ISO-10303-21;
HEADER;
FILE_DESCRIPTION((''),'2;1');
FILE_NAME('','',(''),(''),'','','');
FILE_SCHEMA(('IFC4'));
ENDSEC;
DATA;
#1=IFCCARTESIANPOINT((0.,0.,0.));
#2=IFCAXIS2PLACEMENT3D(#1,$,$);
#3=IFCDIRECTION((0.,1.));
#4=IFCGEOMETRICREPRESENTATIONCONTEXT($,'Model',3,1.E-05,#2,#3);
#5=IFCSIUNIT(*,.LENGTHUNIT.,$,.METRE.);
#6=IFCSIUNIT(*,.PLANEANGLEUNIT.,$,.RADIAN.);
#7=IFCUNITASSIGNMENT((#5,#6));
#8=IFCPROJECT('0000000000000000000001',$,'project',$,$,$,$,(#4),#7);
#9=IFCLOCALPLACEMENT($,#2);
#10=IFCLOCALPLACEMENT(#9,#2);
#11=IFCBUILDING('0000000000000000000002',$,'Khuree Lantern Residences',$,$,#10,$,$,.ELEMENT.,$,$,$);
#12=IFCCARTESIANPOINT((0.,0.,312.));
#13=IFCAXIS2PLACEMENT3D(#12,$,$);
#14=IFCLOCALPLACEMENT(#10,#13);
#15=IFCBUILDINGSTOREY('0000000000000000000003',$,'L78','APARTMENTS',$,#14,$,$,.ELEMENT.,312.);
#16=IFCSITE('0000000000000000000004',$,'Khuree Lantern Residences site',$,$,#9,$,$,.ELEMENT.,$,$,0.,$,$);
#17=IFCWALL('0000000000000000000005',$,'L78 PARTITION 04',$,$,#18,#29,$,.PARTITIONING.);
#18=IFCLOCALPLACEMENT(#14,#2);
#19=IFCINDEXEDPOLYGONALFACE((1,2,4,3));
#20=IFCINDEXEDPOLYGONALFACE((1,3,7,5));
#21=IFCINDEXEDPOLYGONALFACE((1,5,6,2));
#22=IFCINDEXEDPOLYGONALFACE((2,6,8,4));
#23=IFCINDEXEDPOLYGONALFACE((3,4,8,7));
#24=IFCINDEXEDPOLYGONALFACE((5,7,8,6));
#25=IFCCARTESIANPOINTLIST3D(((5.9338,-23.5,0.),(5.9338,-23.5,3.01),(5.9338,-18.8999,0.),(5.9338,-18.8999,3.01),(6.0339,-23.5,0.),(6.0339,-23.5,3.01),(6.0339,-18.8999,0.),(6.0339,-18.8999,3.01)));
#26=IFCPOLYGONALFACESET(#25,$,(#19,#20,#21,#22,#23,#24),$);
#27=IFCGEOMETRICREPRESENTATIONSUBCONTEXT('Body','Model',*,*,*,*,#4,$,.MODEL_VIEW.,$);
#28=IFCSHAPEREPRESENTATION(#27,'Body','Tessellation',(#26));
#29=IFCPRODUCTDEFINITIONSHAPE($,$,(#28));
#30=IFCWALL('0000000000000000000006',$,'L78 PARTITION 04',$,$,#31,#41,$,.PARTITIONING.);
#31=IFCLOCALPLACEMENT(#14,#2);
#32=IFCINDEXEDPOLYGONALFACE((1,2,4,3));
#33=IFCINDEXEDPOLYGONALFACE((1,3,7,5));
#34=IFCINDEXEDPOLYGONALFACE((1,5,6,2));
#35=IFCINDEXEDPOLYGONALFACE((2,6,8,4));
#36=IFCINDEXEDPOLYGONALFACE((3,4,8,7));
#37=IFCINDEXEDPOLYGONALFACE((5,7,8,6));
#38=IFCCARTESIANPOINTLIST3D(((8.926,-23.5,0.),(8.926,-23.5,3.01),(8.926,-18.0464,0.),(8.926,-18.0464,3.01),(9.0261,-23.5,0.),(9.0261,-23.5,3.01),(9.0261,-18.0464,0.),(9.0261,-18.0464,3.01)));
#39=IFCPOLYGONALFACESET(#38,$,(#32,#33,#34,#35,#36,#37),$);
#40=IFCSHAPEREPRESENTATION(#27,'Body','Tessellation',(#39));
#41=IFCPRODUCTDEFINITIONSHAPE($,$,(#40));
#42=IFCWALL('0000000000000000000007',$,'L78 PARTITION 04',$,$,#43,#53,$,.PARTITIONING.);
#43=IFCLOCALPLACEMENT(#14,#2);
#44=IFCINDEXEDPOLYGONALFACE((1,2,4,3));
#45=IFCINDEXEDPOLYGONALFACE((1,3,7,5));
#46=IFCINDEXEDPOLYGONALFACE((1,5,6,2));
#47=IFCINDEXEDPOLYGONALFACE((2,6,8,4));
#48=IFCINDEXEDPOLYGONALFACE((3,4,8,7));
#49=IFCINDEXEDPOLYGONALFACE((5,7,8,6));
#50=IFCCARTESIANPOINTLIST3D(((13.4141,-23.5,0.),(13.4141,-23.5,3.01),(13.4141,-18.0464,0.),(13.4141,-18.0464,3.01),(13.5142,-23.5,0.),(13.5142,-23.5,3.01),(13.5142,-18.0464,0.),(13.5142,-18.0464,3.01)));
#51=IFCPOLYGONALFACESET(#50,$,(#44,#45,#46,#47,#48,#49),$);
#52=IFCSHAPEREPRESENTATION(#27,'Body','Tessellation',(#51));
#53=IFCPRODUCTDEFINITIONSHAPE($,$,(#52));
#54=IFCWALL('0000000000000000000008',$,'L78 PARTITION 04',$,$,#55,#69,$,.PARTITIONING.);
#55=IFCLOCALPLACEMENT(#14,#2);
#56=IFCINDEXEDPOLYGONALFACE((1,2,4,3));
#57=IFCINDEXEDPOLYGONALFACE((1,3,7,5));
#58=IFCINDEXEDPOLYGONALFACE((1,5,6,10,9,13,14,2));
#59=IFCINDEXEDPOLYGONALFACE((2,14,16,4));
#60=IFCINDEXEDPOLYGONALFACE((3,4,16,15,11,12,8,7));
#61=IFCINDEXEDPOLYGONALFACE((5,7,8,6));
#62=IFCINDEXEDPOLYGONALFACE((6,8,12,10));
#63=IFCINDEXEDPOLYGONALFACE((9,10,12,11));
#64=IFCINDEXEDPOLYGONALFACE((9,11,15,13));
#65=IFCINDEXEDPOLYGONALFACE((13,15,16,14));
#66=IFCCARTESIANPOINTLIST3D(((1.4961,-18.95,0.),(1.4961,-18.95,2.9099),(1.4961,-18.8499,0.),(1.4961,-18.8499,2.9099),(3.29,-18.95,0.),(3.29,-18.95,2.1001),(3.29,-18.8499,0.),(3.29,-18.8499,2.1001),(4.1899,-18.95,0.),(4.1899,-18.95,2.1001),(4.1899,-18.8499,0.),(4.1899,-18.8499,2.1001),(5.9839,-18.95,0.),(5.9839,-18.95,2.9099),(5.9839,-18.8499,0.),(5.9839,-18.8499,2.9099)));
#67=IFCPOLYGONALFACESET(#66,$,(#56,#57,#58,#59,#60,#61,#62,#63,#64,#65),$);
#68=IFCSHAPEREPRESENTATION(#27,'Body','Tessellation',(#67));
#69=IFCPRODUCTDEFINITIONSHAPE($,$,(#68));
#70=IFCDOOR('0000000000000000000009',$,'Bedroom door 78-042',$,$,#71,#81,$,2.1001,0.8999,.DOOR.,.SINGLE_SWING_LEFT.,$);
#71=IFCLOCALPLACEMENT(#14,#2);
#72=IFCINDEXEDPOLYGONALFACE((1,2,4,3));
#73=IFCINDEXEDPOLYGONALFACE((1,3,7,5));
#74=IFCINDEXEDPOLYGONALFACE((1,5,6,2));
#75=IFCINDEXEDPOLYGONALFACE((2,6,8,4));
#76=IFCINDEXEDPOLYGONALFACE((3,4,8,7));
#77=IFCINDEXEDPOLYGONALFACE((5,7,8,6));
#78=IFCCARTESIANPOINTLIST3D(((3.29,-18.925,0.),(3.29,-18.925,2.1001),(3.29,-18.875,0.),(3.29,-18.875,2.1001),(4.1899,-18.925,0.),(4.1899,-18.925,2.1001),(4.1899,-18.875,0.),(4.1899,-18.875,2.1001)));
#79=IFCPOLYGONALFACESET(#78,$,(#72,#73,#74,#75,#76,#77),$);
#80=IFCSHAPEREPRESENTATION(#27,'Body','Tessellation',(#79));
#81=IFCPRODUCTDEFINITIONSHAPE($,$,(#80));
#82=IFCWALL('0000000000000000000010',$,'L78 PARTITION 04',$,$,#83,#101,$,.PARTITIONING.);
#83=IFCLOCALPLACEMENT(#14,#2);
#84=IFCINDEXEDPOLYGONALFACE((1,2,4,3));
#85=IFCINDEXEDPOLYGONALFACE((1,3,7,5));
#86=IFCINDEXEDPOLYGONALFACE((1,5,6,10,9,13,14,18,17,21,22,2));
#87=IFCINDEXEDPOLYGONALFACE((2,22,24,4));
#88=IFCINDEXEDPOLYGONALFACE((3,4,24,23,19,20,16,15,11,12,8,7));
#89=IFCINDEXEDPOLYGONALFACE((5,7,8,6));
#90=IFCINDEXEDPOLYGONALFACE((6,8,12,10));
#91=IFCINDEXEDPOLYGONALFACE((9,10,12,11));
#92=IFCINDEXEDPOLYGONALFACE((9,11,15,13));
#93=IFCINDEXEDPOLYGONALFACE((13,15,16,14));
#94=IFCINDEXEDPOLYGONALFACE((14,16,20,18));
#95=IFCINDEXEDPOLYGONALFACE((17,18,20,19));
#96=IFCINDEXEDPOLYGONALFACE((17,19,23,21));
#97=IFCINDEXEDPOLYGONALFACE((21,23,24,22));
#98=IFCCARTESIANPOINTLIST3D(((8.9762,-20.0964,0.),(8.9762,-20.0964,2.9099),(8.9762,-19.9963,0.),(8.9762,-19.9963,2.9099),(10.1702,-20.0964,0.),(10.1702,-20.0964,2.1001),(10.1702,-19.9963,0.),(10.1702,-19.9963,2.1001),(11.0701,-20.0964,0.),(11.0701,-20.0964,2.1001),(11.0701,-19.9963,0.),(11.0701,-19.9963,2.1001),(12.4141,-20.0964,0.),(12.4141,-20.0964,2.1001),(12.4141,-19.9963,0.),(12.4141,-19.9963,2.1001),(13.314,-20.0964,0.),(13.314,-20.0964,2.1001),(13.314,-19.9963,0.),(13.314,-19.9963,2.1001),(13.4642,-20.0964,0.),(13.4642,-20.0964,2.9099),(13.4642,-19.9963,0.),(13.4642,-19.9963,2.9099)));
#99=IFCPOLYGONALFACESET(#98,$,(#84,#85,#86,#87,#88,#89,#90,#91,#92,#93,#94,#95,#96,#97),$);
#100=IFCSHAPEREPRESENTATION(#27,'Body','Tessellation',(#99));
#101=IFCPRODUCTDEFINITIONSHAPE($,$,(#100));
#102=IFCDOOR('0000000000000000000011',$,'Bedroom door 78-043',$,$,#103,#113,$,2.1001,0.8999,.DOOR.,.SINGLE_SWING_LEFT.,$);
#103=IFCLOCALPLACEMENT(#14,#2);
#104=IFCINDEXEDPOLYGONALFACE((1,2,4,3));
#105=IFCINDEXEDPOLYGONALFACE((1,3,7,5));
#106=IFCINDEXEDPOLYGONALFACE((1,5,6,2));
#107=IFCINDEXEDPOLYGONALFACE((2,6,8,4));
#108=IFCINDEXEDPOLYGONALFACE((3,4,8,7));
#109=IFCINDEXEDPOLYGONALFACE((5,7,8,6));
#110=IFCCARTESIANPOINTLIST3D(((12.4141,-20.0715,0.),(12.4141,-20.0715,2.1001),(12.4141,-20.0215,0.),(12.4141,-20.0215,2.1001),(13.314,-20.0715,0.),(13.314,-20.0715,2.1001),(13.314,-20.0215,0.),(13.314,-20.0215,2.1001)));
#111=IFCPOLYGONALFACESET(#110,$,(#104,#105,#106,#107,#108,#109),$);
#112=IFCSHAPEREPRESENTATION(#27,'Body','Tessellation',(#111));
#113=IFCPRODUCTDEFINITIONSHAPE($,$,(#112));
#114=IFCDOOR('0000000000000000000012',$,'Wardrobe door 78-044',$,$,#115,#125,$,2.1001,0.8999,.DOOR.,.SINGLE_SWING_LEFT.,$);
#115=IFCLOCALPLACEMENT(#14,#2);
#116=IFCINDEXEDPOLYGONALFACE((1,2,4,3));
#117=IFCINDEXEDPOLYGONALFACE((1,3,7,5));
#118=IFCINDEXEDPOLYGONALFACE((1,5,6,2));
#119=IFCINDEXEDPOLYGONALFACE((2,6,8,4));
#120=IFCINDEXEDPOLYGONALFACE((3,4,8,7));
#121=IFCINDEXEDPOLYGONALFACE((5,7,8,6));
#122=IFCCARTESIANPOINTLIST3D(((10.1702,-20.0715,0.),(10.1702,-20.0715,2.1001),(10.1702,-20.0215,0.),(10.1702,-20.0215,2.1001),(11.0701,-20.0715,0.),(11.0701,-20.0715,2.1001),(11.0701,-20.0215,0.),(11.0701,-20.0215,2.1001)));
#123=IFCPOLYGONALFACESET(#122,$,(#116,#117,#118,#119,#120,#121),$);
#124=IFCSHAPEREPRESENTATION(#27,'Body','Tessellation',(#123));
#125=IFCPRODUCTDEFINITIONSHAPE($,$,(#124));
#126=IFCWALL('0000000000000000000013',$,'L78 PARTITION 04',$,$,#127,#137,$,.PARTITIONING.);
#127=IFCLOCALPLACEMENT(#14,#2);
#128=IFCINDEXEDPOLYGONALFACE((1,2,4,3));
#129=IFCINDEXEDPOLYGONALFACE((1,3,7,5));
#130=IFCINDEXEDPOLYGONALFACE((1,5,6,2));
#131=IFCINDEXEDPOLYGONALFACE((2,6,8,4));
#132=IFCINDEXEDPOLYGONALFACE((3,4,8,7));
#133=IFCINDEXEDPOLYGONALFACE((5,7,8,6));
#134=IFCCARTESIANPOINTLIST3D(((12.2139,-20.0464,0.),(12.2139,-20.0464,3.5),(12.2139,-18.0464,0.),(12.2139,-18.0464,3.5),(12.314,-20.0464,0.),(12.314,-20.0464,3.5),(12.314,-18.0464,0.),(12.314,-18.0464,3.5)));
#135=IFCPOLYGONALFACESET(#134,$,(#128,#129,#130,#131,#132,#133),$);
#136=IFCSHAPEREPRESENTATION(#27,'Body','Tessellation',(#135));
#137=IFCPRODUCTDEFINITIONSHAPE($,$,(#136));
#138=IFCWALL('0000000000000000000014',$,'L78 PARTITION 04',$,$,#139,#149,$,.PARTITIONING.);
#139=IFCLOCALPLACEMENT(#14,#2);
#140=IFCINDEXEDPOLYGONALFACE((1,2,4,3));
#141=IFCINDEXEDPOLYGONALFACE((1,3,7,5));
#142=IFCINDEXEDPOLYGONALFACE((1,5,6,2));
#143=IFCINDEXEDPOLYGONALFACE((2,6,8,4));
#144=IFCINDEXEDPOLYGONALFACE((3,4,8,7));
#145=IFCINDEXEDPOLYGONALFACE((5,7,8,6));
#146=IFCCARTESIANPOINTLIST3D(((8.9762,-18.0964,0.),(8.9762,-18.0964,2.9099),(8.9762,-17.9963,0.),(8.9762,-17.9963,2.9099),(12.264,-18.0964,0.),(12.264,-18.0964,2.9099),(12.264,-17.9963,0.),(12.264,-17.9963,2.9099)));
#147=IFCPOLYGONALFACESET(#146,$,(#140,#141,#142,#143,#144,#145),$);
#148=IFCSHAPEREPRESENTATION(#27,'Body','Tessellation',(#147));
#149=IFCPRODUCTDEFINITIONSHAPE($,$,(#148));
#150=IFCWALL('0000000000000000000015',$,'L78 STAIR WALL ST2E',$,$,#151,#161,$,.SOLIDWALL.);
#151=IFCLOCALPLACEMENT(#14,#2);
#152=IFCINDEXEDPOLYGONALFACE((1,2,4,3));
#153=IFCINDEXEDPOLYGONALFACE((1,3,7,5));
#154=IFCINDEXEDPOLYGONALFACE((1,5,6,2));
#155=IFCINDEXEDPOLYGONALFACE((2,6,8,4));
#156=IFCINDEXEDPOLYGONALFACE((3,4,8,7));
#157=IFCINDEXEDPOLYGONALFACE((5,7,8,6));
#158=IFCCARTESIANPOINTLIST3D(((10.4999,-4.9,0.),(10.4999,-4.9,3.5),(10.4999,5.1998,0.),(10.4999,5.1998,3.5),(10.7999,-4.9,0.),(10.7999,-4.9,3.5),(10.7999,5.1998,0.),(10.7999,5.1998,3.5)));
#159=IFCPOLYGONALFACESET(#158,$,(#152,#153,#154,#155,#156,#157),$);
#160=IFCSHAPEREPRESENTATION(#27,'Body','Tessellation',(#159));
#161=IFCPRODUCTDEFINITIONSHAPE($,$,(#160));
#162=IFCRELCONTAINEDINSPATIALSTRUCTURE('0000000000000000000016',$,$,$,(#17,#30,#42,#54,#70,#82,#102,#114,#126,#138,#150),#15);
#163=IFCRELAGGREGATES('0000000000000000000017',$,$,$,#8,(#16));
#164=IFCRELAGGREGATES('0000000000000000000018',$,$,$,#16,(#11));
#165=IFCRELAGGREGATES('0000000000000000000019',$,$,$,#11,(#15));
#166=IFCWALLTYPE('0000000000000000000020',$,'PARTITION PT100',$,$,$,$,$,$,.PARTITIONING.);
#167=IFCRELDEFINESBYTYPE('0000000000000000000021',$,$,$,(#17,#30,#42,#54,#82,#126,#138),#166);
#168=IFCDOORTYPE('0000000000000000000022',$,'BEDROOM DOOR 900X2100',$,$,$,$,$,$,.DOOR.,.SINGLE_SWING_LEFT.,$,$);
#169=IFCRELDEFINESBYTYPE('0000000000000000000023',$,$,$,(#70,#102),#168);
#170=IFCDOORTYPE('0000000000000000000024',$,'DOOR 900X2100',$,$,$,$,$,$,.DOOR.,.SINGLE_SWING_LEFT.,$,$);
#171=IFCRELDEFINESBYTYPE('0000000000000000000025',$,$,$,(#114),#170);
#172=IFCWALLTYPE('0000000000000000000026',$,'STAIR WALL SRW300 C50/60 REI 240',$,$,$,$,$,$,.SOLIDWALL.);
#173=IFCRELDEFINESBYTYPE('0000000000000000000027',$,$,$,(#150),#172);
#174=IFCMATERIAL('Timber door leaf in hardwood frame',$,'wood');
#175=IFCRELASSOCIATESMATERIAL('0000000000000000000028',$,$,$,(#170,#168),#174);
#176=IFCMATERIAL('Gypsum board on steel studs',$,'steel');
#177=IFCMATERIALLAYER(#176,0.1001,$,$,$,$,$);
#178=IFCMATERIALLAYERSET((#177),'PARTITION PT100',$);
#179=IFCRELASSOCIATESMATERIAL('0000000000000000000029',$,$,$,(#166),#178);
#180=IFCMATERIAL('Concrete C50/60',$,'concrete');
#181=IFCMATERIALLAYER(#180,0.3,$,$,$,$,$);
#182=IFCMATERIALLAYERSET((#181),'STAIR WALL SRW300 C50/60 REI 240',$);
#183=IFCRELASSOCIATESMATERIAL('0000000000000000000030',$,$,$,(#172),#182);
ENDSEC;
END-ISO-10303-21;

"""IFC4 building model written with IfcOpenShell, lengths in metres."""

from ifc_helpers import new_model, si_unit, direction, frame, frame_2d, origin, place, context, subcontext, project, spatial, rectangle, extrude, material, layer, layer_set, type_object, element, fill, save


model = new_model("IFC4")

# Units and contexts
model_context = context("Model", 3, precision=1e-05, world=origin(), true_north=direction((0.0, 1.0)))
body_context = subcontext(model_context, "Body", "Model", "MODEL_VIEW")
ifc_project = project(units=[si_unit("LENGTHUNIT", "METRE"), si_unit("PLANEANGLEUNIT", "RADIAN")], contexts=[model_context])

# Site, building, storey
site_placement = place(None, origin())
site = spatial("IfcSite", under=ifc_project, at=site_placement, Name="Khuree Lantern Residences site", CompositionType="ELEMENT", RefElevation=0.0)
building_placement = place(site_placement, origin())
building = spatial("IfcBuilding", under=site, at=building_placement, Name="Khuree Lantern Residences", CompositionType="ELEMENT")
storey_placement = place(building_placement, frame((0.0, 0.0, 312.0)))
storey = spatial("IfcBuildingStorey", under=building, at=storey_placement, Name="L78", Description="APARTMENTS", CompositionType="ELEMENT", Elevation=312.0)

# Shared definitions
ifc_material_1 = material(Name="Timber door leaf in hardwood frame", Category="wood")
door_type_1 = type_object("IfcDoorType", Name="DOOR 900X2100", OperationType="SINGLE_SWING_LEFT", PredefinedType="DOOR", material=ifc_material_1)

# Walls
ifc_material_2 = material(Name="Gypsum board on steel studs", Category="steel")
ifc_layer_1 = layer(ifc_material_2, 0.1001)
ifc_layer_set_1 = layer_set([ifc_layer_1], Name="PARTITION PT100")
wall_type_1 = type_object("IfcWallType", Name="PARTITION PT100", PredefinedType="PARTITIONING", material=ifc_layer_set_1)
for number, where, z_axis, x_axis, name in (
    (1, (5.9839, -18.8999, 0.0), (0.0, 0.0, 1.0), (0.0, -1.0, 0.0), "L78 PARTITION 04"),
):
    element("IfcWall", number, at=place(storey_placement, frame(where, z_axis=z_axis, x_axis=x_axis)), inside=storey, type_object=wall_type_1, Name=name, PredefinedType="PARTITIONING", context=body_context, shape_type="SweptSolid", body=[
        extrude(rectangle(XDim=4.6001, YDim=0.1001, at=frame_2d((2.3, 0.0))), origin(), (0.0, 0.0, 1.0), 3.01),
    ])
for number, where, z_axis, x_axis, name in (
    (2, (8.9761, -18.0464, 0.0), (0.0, 0.0, 1.0), (0.0, -1.0, 0.0), "L78 PARTITION 04"),
    (3, (13.4641, -18.0464, 0.0), (0.0, 0.0, 1.0), (0.0, -1.0, 0.0), "L78 PARTITION 04"),
):
    element("IfcWall", number, at=place(storey_placement, frame(where, z_axis=z_axis, x_axis=x_axis)), inside=storey, type_object=wall_type_1, Name=name, PredefinedType="PARTITIONING", context=body_context, shape_type="SweptSolid", body=[
        extrude(rectangle(XDim=5.4536, YDim=0.1001, at=frame_2d((2.7268, 0.0))), origin(), (0.0, 0.0, 1.0), 3.01),
    ])

# Wall, opening, door
wall_1_placement = place(storey_placement, frame((1.4961, -18.8999, 0.0), z_axis=(0.0, 0.0, 1.0), x_axis=(1.0, 0.0, 0.0)))
wall_1 = element("IfcWall", 4, at=wall_1_placement, inside=storey, type_object=wall_type_1, Name="L78 PARTITION 04", PredefinedType="PARTITIONING", context=body_context, shape_type="SweptSolid", body=[
    extrude(rectangle(XDim=4.4878, YDim=0.1001, at=frame_2d((2.2439, 0.0))), origin(), (0.0, 0.0, 1.0), 2.9099),
])
opening_1_placement = place(wall_1_placement, frame((1.7939, 0.0, 0.0)))
opening_1 = element("IfcOpeningElement", 5, at=opening_1_placement, cuts=wall_1, PredefinedType="OPENING", context=body_context, shape_type="SweptSolid", body=[
    extrude(rectangle(XDim=0.8999, YDim=2.1001, at=frame_2d((0.45, 1.05))), frame((0.0, 0.0601, 0.0), z_axis=(0.0, -1.0, 0.0), x_axis=(1.0, 0.0, 0.0)), (0.0, 0.0, 1.0), 0.1201),
])
door_type_2 = type_object("IfcDoorType", Name="BEDROOM DOOR 900X2100", OperationType="SINGLE_SWING_LEFT", PredefinedType="DOOR", material=ifc_material_1)
door_1_placement = place(opening_1_placement, origin())
door_1 = element("IfcDoor", 6, at=door_1_placement, inside=storey, type_object=door_type_2, Name="Bedroom door 78-042", OperationType="SINGLE_SWING_LEFT", OverallHeight=2.1001, OverallWidth=0.8999, PredefinedType="DOOR", context=body_context, shape_type="SweptSolid", body=[
    extrude(rectangle(XDim=0.8999, YDim=2.1001, at=frame_2d((0.45, 1.05))), frame((0.0, 0.0249, 0.0), z_axis=(0.0, -1.0, 0.0), x_axis=(1.0, 0.0, 0.0)), (0.0, 0.0, 1.0), 0.05),
])
fill(opening_1, door_1)

# Wall, openings, doors
wall_2_placement = place(storey_placement, frame((8.9761, -20.0464, 0.0), z_axis=(0.0, 0.0, 1.0), x_axis=(1.0, 0.0, 0.0)))
wall_2 = element("IfcWall", 7, at=wall_2_placement, inside=storey, type_object=wall_type_1, Name="L78 PARTITION 04", PredefinedType="PARTITIONING", context=body_context, shape_type="SweptSolid", body=[
    extrude(rectangle(XDim=4.488, YDim=0.1001, at=frame_2d((2.2441, 0.0))), origin(), (0.0, 0.0, 1.0), 2.9099),
])
opening_2_placement = place(wall_2_placement, frame((3.438, 0.0, 0.0)))
opening_2 = element("IfcOpeningElement", 8, at=opening_2_placement, cuts=wall_2, PredefinedType="OPENING", context=body_context, shape_type="SweptSolid", body=[
    extrude(rectangle(XDim=0.8999, YDim=2.1001, at=frame_2d((0.45, 1.05))), frame((0.0, 0.0601, 0.0), z_axis=(0.0, -1.0, 0.0), x_axis=(1.0, 0.0, 0.0)), (0.0, 0.0, 1.0), 0.1201),
])
opening_3_placement = place(wall_2_placement, frame((1.1941, 0.0, 0.0)))
opening_3 = element("IfcOpeningElement", 9, at=opening_3_placement, cuts=wall_2, PredefinedType="OPENING", context=body_context, shape_type="SweptSolid", body=[
    extrude(rectangle(XDim=0.8999, YDim=2.1001, at=frame_2d((0.45, 1.05))), frame((0.0, 0.0601, 0.0), z_axis=(0.0, -1.0, 0.0), x_axis=(1.0, 0.0, 0.0)), (0.0, 0.0, 1.0), 0.1201),
])
door_2_placement = place(opening_2_placement, origin())
door_2 = element("IfcDoor", 10, at=door_2_placement, inside=storey, type_object=door_type_2, Name="Bedroom door 78-043", OperationType="SINGLE_SWING_LEFT", OverallHeight=2.1001, OverallWidth=0.8999, PredefinedType="DOOR", context=body_context, shape_type="SweptSolid", body=[
    extrude(rectangle(XDim=0.8999, YDim=2.1001, at=frame_2d((0.45, 1.05))), frame((0.0, 0.0249, 0.0), z_axis=(0.0, -1.0, 0.0), x_axis=(1.0, 0.0, 0.0)), (0.0, 0.0, 1.0), 0.05),
])
fill(opening_2, door_2)
door_3_placement = place(opening_3_placement, origin())
door_3 = element("IfcDoor", 11, at=door_3_placement, inside=storey, type_object=door_type_1, Name="Wardrobe door 78-044", OperationType="SINGLE_SWING_LEFT", OverallHeight=2.1001, OverallWidth=0.8999, PredefinedType="DOOR", context=body_context, shape_type="SweptSolid", body=[
    extrude(rectangle(XDim=0.8999, YDim=2.1001, at=frame_2d((0.45, 1.05))), frame((0.0, 0.0249, 0.0), z_axis=(0.0, -1.0, 0.0), x_axis=(1.0, 0.0, 0.0)), (0.0, 0.0, 1.0), 0.05),
])
fill(opening_3, door_3)

# Walls
wall_3_placement = place(storey_placement, frame((12.2639, -18.0464, 0.0), z_axis=(0.0, 0.0, 1.0), x_axis=(0.0, -1.0, 0.0)))
element("IfcWall", 12, at=wall_3_placement, inside=storey, type_object=wall_type_1, Name="L78 PARTITION 04", PredefinedType="PARTITIONING", context=body_context, shape_type="SweptSolid", body=[
    extrude(rectangle(XDim=2.0, YDim=0.1001, at=frame_2d((1.0, 0.0))), origin(), (0.0, 0.0, 1.0), 3.5),
])
wall_4_placement = place(storey_placement, frame((8.9761, -18.0464, 0.0), z_axis=(0.0, 0.0, 1.0), x_axis=(1.0, 0.0, 0.0)))
element("IfcWall", 13, at=wall_4_placement, inside=storey, type_object=wall_type_1, Name="L78 PARTITION 04", PredefinedType="PARTITIONING", context=body_context, shape_type="SweptSolid", body=[
    extrude(rectangle(XDim=3.2878, YDim=0.1001, at=frame_2d((1.644, 0.0))), origin(), (0.0, 0.0, 1.0), 2.9099),
])
ifc_material_3 = material(Name="Concrete C50/60", Category="concrete")
ifc_layer_2 = layer(ifc_material_3, 0.3)
ifc_layer_set_2 = layer_set([ifc_layer_2], Name="STAIR WALL SRW300 C50/60 REI 240")
wall_type_2 = type_object("IfcWallType", Name="STAIR WALL SRW300 C50/60 REI 240", PredefinedType="SOLIDWALL", material=ifc_layer_set_2)
wall_5_placement = place(storey_placement, frame((10.6499, -4.8999, 0.0), z_axis=(0.0, 0.0, 1.0), x_axis=(0.0, 1.0, 0.0)))
element("IfcWall", 14, at=wall_5_placement, inside=storey, type_object=wall_type_2, Name="L78 STAIR WALL ST2E", PredefinedType="SOLIDWALL", context=body_context, shape_type="SweptSolid", body=[
    extrude(rectangle(XDim=10.0999, YDim=0.3, at=frame_2d((5.0498, 0.0))), origin(), (0.0, 0.0, 1.0), 3.5),
])

save(model, "model.ifc")
